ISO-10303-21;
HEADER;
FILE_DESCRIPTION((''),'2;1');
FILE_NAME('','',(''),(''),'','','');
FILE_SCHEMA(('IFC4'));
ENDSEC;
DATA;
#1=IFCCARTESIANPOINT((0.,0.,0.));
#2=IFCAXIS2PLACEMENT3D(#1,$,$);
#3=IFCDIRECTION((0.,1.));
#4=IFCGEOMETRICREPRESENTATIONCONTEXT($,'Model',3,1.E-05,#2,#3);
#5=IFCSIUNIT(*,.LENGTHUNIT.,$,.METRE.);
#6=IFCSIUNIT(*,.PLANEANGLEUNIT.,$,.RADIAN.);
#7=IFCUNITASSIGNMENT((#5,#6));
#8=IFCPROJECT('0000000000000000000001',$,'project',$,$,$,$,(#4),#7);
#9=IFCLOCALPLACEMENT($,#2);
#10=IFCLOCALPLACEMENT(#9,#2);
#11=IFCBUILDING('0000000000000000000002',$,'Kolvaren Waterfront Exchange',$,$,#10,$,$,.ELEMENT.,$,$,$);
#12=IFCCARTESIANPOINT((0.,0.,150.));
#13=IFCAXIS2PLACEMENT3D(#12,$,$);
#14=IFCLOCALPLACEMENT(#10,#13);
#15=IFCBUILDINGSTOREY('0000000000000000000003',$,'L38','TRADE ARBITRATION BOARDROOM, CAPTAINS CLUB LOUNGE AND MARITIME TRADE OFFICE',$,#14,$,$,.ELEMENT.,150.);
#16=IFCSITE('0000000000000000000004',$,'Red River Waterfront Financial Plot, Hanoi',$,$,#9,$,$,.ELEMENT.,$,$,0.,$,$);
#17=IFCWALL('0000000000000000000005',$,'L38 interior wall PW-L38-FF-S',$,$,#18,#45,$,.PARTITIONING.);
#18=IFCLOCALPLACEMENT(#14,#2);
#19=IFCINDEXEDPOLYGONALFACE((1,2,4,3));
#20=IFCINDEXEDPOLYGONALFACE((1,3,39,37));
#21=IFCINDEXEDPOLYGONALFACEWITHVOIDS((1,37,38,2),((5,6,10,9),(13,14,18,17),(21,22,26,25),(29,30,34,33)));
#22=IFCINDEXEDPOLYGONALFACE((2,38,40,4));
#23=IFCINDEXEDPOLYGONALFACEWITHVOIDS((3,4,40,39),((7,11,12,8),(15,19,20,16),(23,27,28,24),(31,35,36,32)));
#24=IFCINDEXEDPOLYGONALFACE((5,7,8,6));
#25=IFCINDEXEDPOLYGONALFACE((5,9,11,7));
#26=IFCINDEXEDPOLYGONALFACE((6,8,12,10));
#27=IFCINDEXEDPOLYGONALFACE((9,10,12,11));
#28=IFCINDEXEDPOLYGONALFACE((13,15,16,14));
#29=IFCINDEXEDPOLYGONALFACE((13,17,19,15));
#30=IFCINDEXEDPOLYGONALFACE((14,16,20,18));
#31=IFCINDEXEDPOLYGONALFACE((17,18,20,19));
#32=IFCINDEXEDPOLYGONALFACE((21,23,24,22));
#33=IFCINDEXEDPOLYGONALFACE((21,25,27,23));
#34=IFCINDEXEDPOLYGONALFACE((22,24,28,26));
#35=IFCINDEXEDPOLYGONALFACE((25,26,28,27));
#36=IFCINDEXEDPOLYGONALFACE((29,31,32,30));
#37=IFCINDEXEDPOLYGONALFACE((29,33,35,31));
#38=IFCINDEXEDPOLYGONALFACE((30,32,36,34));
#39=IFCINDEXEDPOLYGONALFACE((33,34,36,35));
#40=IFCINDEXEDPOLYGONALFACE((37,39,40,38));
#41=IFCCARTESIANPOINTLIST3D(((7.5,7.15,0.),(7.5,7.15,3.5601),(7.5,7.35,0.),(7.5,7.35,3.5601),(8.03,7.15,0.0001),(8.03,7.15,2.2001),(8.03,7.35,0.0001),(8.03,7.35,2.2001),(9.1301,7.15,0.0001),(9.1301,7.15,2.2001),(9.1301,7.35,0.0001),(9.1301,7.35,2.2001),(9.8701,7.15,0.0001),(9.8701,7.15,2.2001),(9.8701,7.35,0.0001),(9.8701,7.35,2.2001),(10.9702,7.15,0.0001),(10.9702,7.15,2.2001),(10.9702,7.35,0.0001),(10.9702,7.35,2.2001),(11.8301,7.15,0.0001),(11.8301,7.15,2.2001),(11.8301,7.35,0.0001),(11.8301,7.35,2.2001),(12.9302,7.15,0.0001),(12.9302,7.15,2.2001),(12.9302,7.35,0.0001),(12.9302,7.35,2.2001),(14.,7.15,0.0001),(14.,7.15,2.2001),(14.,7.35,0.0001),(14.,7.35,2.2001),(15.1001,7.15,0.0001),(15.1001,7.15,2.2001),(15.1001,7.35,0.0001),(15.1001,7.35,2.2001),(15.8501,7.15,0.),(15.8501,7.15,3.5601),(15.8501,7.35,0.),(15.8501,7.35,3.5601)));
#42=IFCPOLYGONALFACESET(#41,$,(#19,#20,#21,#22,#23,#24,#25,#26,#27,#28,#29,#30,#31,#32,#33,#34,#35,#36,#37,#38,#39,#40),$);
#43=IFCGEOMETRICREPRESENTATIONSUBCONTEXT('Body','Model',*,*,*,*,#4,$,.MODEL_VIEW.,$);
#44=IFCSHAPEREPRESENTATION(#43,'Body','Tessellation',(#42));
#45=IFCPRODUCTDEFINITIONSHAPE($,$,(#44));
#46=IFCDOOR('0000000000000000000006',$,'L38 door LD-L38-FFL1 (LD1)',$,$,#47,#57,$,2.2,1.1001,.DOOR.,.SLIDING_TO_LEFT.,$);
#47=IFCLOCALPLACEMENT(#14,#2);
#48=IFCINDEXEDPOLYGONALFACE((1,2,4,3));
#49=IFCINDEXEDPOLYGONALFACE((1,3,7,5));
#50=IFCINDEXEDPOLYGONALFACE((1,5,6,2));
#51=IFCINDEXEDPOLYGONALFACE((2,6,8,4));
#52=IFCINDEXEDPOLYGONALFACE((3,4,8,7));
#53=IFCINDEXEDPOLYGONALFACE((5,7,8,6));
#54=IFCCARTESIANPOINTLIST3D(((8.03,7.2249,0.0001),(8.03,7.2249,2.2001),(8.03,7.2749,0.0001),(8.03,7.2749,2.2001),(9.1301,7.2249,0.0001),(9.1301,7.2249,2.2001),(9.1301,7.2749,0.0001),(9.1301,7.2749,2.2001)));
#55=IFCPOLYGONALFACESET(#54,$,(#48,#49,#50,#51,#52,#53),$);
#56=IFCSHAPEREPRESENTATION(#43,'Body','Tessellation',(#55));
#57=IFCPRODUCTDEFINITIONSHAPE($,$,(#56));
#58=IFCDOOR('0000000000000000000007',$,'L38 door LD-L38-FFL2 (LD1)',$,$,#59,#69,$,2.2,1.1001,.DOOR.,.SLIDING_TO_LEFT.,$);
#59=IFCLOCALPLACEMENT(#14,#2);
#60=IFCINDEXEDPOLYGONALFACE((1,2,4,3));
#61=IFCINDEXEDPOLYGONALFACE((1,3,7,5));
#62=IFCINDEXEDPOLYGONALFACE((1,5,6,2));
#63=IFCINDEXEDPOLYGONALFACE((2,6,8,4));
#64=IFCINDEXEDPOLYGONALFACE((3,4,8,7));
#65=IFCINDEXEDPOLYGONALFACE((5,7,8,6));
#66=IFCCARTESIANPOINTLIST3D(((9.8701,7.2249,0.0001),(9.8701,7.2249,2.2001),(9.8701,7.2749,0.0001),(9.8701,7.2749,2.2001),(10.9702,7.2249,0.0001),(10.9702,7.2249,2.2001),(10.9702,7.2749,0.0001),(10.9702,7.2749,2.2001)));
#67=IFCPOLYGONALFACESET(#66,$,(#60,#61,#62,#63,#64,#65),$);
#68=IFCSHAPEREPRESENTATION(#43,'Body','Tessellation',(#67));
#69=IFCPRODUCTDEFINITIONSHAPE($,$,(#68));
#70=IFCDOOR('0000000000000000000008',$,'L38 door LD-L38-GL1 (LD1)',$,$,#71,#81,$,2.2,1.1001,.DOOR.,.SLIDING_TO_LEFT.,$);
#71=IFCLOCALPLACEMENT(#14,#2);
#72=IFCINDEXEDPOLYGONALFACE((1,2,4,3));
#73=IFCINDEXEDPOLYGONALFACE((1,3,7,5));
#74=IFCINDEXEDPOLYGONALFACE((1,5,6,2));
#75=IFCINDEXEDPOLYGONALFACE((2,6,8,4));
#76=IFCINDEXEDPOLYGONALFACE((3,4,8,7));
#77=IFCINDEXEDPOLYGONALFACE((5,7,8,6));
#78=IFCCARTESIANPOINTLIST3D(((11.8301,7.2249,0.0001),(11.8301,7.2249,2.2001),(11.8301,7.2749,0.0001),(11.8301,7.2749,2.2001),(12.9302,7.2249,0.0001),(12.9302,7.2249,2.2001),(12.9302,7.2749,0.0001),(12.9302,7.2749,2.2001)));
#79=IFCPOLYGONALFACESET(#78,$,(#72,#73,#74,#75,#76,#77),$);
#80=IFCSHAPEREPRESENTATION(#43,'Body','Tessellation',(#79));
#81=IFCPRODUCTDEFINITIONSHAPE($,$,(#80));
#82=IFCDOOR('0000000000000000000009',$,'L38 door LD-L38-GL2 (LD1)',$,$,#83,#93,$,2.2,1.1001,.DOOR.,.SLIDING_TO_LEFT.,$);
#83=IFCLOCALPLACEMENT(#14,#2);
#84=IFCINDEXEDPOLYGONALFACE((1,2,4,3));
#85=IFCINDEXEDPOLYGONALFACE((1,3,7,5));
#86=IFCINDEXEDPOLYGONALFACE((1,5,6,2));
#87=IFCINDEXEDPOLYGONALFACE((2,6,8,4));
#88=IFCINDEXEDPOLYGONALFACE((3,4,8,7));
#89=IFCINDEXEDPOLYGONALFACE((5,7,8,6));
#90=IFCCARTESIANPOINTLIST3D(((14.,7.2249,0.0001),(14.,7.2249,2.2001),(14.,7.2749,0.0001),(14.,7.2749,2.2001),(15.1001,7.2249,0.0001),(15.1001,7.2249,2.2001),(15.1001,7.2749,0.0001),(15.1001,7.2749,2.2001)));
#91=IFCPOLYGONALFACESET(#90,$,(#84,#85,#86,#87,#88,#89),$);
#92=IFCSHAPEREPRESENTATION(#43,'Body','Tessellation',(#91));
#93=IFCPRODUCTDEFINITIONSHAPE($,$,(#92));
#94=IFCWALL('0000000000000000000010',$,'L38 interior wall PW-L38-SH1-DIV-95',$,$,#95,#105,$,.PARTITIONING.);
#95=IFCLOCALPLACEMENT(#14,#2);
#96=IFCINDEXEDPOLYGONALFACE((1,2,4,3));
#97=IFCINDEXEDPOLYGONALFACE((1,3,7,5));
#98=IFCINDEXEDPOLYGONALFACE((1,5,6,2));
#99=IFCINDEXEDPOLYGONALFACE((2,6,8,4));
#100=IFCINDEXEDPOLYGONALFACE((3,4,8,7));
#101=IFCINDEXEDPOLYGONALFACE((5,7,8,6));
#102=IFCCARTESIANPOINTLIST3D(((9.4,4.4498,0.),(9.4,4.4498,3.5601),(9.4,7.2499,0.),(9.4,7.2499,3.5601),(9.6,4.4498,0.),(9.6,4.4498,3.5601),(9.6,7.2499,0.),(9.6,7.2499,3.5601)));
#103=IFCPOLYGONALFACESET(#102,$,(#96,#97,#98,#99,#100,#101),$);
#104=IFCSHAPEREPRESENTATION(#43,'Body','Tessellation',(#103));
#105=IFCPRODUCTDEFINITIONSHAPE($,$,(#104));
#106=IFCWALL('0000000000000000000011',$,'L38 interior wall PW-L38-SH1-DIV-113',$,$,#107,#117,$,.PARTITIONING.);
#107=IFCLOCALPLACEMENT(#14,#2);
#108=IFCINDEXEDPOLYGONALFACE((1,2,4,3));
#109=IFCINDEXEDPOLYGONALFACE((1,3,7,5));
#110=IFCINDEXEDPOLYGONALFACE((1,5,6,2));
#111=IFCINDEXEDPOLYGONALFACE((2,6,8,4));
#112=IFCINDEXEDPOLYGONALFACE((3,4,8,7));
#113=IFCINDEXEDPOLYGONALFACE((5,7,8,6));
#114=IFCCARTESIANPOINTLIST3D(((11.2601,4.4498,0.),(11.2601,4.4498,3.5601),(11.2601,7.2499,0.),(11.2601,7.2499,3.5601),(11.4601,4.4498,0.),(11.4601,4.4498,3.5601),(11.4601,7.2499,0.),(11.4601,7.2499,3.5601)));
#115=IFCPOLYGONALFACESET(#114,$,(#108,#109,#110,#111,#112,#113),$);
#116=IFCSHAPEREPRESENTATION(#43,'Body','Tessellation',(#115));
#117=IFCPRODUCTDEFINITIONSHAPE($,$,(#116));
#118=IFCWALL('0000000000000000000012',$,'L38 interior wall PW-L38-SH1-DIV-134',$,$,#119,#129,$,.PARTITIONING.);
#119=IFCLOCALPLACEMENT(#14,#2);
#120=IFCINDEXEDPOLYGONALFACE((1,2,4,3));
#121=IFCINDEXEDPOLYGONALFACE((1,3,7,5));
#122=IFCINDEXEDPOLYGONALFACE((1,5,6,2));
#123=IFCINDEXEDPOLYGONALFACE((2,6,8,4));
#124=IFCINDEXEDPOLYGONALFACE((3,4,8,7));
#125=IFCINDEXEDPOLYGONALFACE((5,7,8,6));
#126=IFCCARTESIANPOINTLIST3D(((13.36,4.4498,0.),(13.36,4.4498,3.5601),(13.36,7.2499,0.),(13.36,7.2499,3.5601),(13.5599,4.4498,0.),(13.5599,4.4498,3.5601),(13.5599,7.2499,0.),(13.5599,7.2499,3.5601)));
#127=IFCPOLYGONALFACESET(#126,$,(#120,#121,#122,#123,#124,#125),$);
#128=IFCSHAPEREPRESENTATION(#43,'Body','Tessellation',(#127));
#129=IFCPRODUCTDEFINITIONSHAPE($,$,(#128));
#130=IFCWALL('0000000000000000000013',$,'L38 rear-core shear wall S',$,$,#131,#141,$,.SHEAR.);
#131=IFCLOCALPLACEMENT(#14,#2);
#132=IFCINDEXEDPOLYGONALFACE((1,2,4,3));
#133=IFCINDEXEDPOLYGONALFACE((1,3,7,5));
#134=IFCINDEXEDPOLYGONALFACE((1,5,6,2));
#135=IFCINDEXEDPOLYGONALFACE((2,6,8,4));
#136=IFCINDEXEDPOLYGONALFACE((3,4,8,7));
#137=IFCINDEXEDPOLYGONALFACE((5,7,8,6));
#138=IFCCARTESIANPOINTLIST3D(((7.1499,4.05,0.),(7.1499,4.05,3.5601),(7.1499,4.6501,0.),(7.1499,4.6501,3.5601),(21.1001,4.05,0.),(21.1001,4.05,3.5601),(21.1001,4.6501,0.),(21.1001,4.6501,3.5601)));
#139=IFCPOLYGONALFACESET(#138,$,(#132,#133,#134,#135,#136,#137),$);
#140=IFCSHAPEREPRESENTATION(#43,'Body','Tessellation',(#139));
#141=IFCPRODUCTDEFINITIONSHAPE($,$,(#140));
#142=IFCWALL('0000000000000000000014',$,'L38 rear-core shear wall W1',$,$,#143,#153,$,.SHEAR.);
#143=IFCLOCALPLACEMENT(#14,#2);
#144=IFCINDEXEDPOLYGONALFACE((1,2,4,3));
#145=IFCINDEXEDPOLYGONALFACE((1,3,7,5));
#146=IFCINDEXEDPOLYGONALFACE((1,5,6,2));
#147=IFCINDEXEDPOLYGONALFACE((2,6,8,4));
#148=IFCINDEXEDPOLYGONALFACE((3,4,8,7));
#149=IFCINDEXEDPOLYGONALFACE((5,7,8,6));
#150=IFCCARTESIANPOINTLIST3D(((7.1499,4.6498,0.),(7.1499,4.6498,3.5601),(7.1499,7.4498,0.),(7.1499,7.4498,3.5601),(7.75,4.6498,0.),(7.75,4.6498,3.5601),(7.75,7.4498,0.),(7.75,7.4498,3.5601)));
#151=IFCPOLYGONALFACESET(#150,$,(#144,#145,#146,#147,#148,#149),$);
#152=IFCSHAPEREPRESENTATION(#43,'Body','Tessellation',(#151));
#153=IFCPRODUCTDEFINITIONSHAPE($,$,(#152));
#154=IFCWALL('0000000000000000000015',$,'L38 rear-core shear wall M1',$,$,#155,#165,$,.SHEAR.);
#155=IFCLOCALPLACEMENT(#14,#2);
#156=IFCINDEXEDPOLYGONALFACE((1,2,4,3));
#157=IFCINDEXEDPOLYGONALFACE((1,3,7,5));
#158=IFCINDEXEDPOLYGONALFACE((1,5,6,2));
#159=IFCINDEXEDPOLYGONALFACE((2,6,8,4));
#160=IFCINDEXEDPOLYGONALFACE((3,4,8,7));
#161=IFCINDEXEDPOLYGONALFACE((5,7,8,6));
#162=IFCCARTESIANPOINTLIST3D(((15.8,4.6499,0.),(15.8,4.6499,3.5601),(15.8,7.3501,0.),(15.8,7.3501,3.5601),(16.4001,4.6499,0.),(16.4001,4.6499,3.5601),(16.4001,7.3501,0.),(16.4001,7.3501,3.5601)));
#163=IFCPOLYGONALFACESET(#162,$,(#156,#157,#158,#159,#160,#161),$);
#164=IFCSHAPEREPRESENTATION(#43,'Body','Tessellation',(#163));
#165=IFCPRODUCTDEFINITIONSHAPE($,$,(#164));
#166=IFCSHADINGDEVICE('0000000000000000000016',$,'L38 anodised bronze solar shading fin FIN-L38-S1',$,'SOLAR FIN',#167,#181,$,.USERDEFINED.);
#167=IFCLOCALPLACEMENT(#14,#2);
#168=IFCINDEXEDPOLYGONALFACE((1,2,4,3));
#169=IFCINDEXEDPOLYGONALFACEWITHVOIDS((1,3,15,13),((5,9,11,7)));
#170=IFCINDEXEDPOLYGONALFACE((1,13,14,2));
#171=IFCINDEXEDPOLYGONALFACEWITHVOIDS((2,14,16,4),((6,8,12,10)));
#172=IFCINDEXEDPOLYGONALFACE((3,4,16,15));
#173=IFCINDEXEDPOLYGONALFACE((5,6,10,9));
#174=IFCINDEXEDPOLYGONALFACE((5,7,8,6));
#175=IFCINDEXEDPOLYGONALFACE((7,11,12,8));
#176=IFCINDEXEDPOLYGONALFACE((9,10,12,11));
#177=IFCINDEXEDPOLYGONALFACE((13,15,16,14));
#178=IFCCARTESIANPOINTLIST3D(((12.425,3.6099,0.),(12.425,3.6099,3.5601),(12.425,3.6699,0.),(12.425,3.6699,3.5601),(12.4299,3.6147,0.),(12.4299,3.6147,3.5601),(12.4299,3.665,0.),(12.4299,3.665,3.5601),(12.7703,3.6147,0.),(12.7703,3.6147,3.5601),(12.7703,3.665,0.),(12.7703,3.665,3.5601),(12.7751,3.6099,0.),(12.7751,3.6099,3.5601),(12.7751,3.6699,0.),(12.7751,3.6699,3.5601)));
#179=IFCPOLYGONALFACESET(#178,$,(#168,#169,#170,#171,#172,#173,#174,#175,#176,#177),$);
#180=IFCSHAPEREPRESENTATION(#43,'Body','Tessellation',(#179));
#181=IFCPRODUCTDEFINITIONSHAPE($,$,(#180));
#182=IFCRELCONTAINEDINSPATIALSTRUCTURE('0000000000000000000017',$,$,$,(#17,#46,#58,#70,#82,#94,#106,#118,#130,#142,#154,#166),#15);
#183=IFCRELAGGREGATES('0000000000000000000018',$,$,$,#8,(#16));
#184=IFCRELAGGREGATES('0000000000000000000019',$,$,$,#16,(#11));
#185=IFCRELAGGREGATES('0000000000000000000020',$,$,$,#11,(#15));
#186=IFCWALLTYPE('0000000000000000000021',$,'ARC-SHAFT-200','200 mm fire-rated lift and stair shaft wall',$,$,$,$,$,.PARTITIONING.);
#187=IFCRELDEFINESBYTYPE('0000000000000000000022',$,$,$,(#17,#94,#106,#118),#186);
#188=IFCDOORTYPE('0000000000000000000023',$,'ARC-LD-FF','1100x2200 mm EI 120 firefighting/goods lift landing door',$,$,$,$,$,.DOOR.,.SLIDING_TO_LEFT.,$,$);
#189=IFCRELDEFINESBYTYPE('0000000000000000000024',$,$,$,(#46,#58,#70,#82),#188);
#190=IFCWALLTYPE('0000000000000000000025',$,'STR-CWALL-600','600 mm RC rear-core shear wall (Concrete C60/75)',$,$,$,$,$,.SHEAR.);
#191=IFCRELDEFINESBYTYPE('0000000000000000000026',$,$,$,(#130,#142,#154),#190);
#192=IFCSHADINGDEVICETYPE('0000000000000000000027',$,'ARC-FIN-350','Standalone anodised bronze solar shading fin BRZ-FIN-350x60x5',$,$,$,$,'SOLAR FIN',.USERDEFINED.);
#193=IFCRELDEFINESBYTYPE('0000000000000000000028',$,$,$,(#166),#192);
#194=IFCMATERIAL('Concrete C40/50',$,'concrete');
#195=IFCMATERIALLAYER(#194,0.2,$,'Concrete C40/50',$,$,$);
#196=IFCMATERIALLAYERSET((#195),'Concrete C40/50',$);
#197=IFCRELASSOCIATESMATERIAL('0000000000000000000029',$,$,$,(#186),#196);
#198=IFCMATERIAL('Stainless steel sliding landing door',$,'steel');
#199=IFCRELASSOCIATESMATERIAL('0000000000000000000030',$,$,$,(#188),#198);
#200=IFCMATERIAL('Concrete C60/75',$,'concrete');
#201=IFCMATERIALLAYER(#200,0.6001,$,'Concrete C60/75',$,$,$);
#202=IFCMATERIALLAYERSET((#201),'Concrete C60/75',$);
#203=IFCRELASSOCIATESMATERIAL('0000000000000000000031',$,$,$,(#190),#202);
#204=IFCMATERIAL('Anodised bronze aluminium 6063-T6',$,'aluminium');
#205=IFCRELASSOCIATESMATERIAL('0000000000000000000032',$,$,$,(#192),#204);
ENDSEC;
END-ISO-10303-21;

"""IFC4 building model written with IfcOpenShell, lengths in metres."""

from ifc_helpers import new_model, si_unit, direction, frame, frame_2d, origin, origin_2d, place, context, subcontext, project, spatial, rectangle, hollow_rectangle, extrude, material, layer, layer_set, material_profile, profile_set, type_object, element, fill, save


model = new_model("IFC4")

# Units and contexts
model_context = context("Model", 3, precision=1e-05, world=origin(), true_north=direction((0.0, 1.0)))
body_context = subcontext(model_context, "Body", "Model", "MODEL_VIEW")
ifc_project = project(units=[si_unit("LENGTHUNIT", "METRE"), si_unit("PLANEANGLEUNIT", "RADIAN")], contexts=[model_context])

# Site, building, storey
site_placement = place(None, origin())
site = spatial("IfcSite", under=ifc_project, at=site_placement, Name="Red River Waterfront Financial Plot, Hanoi", CompositionType="ELEMENT", RefElevation=0.0)
building_placement = place(site_placement, origin())
building = spatial("IfcBuilding", under=site, at=building_placement, Name="Kolvaren Waterfront Exchange", CompositionType="ELEMENT")
storey_placement = place(building_placement, frame((0.0, 0.0, 150.0)))
storey = spatial("IfcBuildingStorey", under=building, at=storey_placement, Name="L38", Description="TRADE ARBITRATION BOARDROOM, CAPTAINS CLUB LOUNGE AND MARITIME TRADE OFFICE", CompositionType="ELEMENT", Elevation=150.0)

# Shared definitions
ifc_material_1 = material(Name="Concrete C60/75", Category="concrete")

# Shared definitions
ifc_material_2 = material(Name="Anodised bronze aluminium 6063-T6", Category="aluminium")

# Shared definitions
ifc_material_3 = material(Name="Concrete C40/50", Category="concrete")
ifc_layer_1 = layer(ifc_material_3, 0.2, Name="Concrete C40/50")
ifc_layer_set_1 = layer_set([ifc_layer_1], Name="Concrete C40/50")
wall_type_1 = type_object("IfcWallType", Name="ARC-SHAFT-200", Description="200 mm fire-rated lift and stair shaft wall", PredefinedType="PARTITIONING", material=ifc_layer_set_1)

# Wall, openings, doors
wall_1_placement = place(storey_placement, frame((7.5, 7.25, 0.0), z_axis=(0.0, 0.0, 1.0), x_axis=(1.0, 0.0, 0.0)))
wall_1 = element("IfcWall", 1, at=wall_1_placement, inside=storey, type_object=wall_type_1, Name="L38 interior wall PW-L38-FF-S", PredefinedType="PARTITIONING", context=body_context, shape_type="SweptSolid", body=[
    extrude(rectangle(XDim=8.3501, YDim=0.2, at=frame_2d((4.175, 0.0))), origin(), (0.0, 0.0, 1.0), 3.5601),
])
opening_1_placement = place(wall_1_placement, frame((0.53, 0.0, 0.0)))
opening_1 = element("IfcOpeningElement", 2, at=opening_1_placement, cuts=wall_1, PredefinedType="OPENING", context=body_context, shape_type="SweptSolid", body=[
    extrude(rectangle(XDim=1.1001, YDim=2.2, at=frame_2d((0.55, 1.1001))), frame((0.0, 0.1099, 0.0), z_axis=(0.0, -1.0, 0.0), x_axis=(1.0, 0.0, 0.0)), (0.0, 0.0, 1.0), 0.22),
])
opening_2_placement = place(wall_1_placement, frame((2.3701, 0.0, 0.0)))
opening_2 = element("IfcOpeningElement", 3, at=opening_2_placement, cuts=wall_1, PredefinedType="OPENING", context=body_context, shape_type="SweptSolid", body=[
    extrude(rectangle(XDim=1.1001, YDim=2.2, at=frame_2d((0.55, 1.1001))), frame((0.0, 0.1099, 0.0), z_axis=(0.0, -1.0, 0.0), x_axis=(1.0, 0.0, 0.0)), (0.0, 0.0, 1.0), 0.22),
])
opening_3_placement = place(wall_1_placement, frame((4.3301, 0.0, 0.0)))
opening_3 = element("IfcOpeningElement", 4, at=opening_3_placement, cuts=wall_1, PredefinedType="OPENING", context=body_context, shape_type="SweptSolid", body=[
    extrude(rectangle(XDim=1.1001, YDim=2.2, at=frame_2d((0.55, 1.1001))), frame((0.0, 0.1099, 0.0), z_axis=(0.0, -1.0, 0.0), x_axis=(1.0, 0.0, 0.0)), (0.0, 0.0, 1.0), 0.22),
])
opening_4_placement = place(wall_1_placement, frame((6.5, 0.0, 0.0)))
opening_4 = element("IfcOpeningElement", 5, at=opening_4_placement, cuts=wall_1, PredefinedType="OPENING", context=body_context, shape_type="SweptSolid", body=[
    extrude(rectangle(XDim=1.1001, YDim=2.2, at=frame_2d((0.55, 1.1001))), frame((0.0, 0.1099, 0.0), z_axis=(0.0, -1.0, 0.0), x_axis=(1.0, 0.0, 0.0)), (0.0, 0.0, 1.0), 0.22),
])
ifc_material_4 = material(Name="Stainless steel sliding landing door", Category="steel")
door_type_1 = type_object("IfcDoorType", Name="ARC-LD-FF", Description="1100x2200 mm EI 120 firefighting/goods lift landing door", OperationType="SLIDING_TO_LEFT", PredefinedType="DOOR", material=ifc_material_4)
door_1_placement = place(opening_1_placement, origin())
door_1 = element("IfcDoor", 6, at=door_1_placement, inside=storey, type_object=door_type_1, Name="L38 door LD-L38-FFL1 (LD1)", OperationType="SLIDING_TO_LEFT", OverallHeight=2.2, OverallWidth=1.1001, PredefinedType="DOOR", context=body_context, shape_type="SweptSolid", body=[
    extrude(rectangle(XDim=1.1001, YDim=2.2, at=frame_2d((0.55, 1.1001))), frame((0.0, 0.0249, 0.0), z_axis=(0.0, -1.0, 0.0), x_axis=(1.0, 0.0, 0.0)), (0.0, 0.0, 1.0), 0.05),
])
fill(opening_1, door_1)
door_2_placement = place(opening_2_placement, origin())
door_2 = element("IfcDoor", 7, at=door_2_placement, inside=storey, type_object=door_type_1, Name="L38 door LD-L38-FFL2 (LD1)", OperationType="SLIDING_TO_LEFT", OverallHeight=2.2, OverallWidth=1.1001, PredefinedType="DOOR", context=body_context, shape_type="SweptSolid", body=[
    extrude(rectangle(XDim=1.1001, YDim=2.2, at=frame_2d((0.55, 1.1001))), frame((0.0, 0.0249, 0.0), z_axis=(0.0, -1.0, 0.0), x_axis=(1.0, 0.0, 0.0)), (0.0, 0.0, 1.0), 0.05),
])
fill(opening_2, door_2)
door_3_placement = place(opening_3_placement, origin())
door_3 = element("IfcDoor", 8, at=door_3_placement, inside=storey, type_object=door_type_1, Name="L38 door LD-L38-GL1 (LD1)", OperationType="SLIDING_TO_LEFT", OverallHeight=2.2, OverallWidth=1.1001, PredefinedType="DOOR", context=body_context, shape_type="SweptSolid", body=[
    extrude(rectangle(XDim=1.1001, YDim=2.2, at=frame_2d((0.55, 1.1001))), frame((0.0, 0.0249, 0.0), z_axis=(0.0, -1.0, 0.0), x_axis=(1.0, 0.0, 0.0)), (0.0, 0.0, 1.0), 0.05),
])
fill(opening_3, door_3)
door_4_placement = place(opening_4_placement, origin())
door_4 = element("IfcDoor", 9, at=door_4_placement, inside=storey, type_object=door_type_1, Name="L38 door LD-L38-GL2 (LD1)", OperationType="SLIDING_TO_LEFT", OverallHeight=2.2, OverallWidth=1.1001, PredefinedType="DOOR", context=body_context, shape_type="SweptSolid", body=[
    extrude(rectangle(XDim=1.1001, YDim=2.2, at=frame_2d((0.55, 1.1001))), frame((0.0, 0.0249, 0.0), z_axis=(0.0, -1.0, 0.0), x_axis=(1.0, 0.0, 0.0)), (0.0, 0.0, 1.0), 0.05),
])
fill(opening_4, door_4)

# Walls
for number, where, z_axis, x_axis, name in (
    (10, (9.5, 4.45, 0.0), (0.0, 0.0, 1.0), (0.0, 1.0, 0.0), "L38 interior wall PW-L38-SH1-DIV-95"),
    (11, (11.3601, 4.45, 0.0), (0.0, 0.0, 1.0), (0.0, 1.0, 0.0), "L38 interior wall PW-L38-SH1-DIV-113"),
    (12, (13.46, 4.45, 0.0), (0.0, 0.0, 1.0), (0.0, 1.0, 0.0), "L38 interior wall PW-L38-SH1-DIV-134"),
):
    element("IfcWall", number, at=place(storey_placement, frame(where, z_axis=z_axis, x_axis=x_axis)), inside=storey, type_object=wall_type_1, Name=name, PredefinedType="PARTITIONING", context=body_context, shape_type="SweptSolid", body=[
        extrude(rectangle(XDim=2.8, YDim=0.2, at=frame_2d((1.3999, 0.0))), origin(), (0.0, 0.0, 1.0), 3.5601),
    ])
ifc_layer_2 = layer(ifc_material_1, 0.6001, Name="Concrete C60/75")
ifc_layer_set_2 = layer_set([ifc_layer_2], Name="Concrete C60/75")
wall_type_2 = type_object("IfcWallType", Name="STR-CWALL-600", Description="600 mm RC rear-core shear wall (Concrete C60/75)", PredefinedType="SHEAR", material=ifc_layer_set_2)
wall_2_placement = place(storey_placement, frame((7.1499, 4.3501, 0.0), z_axis=(0.0, 0.0, 1.0), x_axis=(1.0, 0.0, 0.0)))
element("IfcWall", 13, at=wall_2_placement, inside=storey, type_object=wall_type_2, Name="L38 rear-core shear wall S", PredefinedType="SHEAR", context=body_context, shape_type="SweptSolid", body=[
    extrude(rectangle(XDim=13.9502, YDim=0.6001, at=frame_2d((6.9751, 0.0))), origin(), (0.0, 0.0, 1.0), 3.5601),
])
wall_3_placement = place(storey_placement, frame((7.45, 4.6499, 0.0), z_axis=(0.0, 0.0, 1.0), x_axis=(0.0, 1.0, 0.0)))
element("IfcWall", 14, at=wall_3_placement, inside=storey, type_object=wall_type_2, Name="L38 rear-core shear wall W1", PredefinedType="SHEAR", context=body_context, shape_type="SweptSolid", body=[
    extrude(rectangle(XDim=2.8, YDim=0.6001, at=frame_2d((1.3999, 0.0))), origin(), (0.0, 0.0, 1.0), 3.5601),
])
wall_4_placement = place(storey_placement, frame((16.1001, 4.6499, 0.0), z_axis=(0.0, 0.0, 1.0), x_axis=(0.0, 1.0, 0.0)))
element("IfcWall", 15, at=wall_4_placement, inside=storey, type_object=wall_type_2, Name="L38 rear-core shear wall M1", PredefinedType="SHEAR", context=body_context, shape_type="SweptSolid", body=[
    extrude(rectangle(XDim=2.7002, YDim=0.6001, at=frame_2d((1.3501, 0.0))), origin(), (0.0, 0.0, 1.0), 3.5601),
])

# Shading device
ifc_material_profile_1 = material_profile(ifc_material_2, hollow_rectangle(XDim=0.0601, YDim=0.3501, WallThickness=0.0049, at=origin_2d()), Name="BRZ-FIN-350x60x5")
ifc_profile_set_1 = profile_set([ifc_material_profile_1], Name="Anodised bronze aluminium 6063-T6")
shading_device_type = type_object("IfcShadingDeviceType", Name="ARC-FIN-350", Description="Standalone anodised bronze solar shading fin BRZ-FIN-350x60x5", ElementType="SOLAR FIN", PredefinedType="USERDEFINED", material=ifc_profile_set_1)
shading_device_placement = place(storey_placement, frame((12.6001, 3.6399, 0.0), z_axis=(0.0, 0.0, 1.0), x_axis=(0.0, -1.0, 0.0)))
element("IfcShadingDevice", 16, at=shading_device_placement, inside=storey, type_object=shading_device_type, Name="L38 anodised bronze solar shading fin FIN-L38-S1", ObjectType="SOLAR FIN", PredefinedType="USERDEFINED", context=body_context, shape_type="SweptSolid", body=[
    extrude(hollow_rectangle(XDim=0.0601, YDim=0.3501, WallThickness=0.0049, at=origin_2d()), origin(), (0.0, 0.0, 1.0), 3.5601),
])

save(model, "model.ifc")
